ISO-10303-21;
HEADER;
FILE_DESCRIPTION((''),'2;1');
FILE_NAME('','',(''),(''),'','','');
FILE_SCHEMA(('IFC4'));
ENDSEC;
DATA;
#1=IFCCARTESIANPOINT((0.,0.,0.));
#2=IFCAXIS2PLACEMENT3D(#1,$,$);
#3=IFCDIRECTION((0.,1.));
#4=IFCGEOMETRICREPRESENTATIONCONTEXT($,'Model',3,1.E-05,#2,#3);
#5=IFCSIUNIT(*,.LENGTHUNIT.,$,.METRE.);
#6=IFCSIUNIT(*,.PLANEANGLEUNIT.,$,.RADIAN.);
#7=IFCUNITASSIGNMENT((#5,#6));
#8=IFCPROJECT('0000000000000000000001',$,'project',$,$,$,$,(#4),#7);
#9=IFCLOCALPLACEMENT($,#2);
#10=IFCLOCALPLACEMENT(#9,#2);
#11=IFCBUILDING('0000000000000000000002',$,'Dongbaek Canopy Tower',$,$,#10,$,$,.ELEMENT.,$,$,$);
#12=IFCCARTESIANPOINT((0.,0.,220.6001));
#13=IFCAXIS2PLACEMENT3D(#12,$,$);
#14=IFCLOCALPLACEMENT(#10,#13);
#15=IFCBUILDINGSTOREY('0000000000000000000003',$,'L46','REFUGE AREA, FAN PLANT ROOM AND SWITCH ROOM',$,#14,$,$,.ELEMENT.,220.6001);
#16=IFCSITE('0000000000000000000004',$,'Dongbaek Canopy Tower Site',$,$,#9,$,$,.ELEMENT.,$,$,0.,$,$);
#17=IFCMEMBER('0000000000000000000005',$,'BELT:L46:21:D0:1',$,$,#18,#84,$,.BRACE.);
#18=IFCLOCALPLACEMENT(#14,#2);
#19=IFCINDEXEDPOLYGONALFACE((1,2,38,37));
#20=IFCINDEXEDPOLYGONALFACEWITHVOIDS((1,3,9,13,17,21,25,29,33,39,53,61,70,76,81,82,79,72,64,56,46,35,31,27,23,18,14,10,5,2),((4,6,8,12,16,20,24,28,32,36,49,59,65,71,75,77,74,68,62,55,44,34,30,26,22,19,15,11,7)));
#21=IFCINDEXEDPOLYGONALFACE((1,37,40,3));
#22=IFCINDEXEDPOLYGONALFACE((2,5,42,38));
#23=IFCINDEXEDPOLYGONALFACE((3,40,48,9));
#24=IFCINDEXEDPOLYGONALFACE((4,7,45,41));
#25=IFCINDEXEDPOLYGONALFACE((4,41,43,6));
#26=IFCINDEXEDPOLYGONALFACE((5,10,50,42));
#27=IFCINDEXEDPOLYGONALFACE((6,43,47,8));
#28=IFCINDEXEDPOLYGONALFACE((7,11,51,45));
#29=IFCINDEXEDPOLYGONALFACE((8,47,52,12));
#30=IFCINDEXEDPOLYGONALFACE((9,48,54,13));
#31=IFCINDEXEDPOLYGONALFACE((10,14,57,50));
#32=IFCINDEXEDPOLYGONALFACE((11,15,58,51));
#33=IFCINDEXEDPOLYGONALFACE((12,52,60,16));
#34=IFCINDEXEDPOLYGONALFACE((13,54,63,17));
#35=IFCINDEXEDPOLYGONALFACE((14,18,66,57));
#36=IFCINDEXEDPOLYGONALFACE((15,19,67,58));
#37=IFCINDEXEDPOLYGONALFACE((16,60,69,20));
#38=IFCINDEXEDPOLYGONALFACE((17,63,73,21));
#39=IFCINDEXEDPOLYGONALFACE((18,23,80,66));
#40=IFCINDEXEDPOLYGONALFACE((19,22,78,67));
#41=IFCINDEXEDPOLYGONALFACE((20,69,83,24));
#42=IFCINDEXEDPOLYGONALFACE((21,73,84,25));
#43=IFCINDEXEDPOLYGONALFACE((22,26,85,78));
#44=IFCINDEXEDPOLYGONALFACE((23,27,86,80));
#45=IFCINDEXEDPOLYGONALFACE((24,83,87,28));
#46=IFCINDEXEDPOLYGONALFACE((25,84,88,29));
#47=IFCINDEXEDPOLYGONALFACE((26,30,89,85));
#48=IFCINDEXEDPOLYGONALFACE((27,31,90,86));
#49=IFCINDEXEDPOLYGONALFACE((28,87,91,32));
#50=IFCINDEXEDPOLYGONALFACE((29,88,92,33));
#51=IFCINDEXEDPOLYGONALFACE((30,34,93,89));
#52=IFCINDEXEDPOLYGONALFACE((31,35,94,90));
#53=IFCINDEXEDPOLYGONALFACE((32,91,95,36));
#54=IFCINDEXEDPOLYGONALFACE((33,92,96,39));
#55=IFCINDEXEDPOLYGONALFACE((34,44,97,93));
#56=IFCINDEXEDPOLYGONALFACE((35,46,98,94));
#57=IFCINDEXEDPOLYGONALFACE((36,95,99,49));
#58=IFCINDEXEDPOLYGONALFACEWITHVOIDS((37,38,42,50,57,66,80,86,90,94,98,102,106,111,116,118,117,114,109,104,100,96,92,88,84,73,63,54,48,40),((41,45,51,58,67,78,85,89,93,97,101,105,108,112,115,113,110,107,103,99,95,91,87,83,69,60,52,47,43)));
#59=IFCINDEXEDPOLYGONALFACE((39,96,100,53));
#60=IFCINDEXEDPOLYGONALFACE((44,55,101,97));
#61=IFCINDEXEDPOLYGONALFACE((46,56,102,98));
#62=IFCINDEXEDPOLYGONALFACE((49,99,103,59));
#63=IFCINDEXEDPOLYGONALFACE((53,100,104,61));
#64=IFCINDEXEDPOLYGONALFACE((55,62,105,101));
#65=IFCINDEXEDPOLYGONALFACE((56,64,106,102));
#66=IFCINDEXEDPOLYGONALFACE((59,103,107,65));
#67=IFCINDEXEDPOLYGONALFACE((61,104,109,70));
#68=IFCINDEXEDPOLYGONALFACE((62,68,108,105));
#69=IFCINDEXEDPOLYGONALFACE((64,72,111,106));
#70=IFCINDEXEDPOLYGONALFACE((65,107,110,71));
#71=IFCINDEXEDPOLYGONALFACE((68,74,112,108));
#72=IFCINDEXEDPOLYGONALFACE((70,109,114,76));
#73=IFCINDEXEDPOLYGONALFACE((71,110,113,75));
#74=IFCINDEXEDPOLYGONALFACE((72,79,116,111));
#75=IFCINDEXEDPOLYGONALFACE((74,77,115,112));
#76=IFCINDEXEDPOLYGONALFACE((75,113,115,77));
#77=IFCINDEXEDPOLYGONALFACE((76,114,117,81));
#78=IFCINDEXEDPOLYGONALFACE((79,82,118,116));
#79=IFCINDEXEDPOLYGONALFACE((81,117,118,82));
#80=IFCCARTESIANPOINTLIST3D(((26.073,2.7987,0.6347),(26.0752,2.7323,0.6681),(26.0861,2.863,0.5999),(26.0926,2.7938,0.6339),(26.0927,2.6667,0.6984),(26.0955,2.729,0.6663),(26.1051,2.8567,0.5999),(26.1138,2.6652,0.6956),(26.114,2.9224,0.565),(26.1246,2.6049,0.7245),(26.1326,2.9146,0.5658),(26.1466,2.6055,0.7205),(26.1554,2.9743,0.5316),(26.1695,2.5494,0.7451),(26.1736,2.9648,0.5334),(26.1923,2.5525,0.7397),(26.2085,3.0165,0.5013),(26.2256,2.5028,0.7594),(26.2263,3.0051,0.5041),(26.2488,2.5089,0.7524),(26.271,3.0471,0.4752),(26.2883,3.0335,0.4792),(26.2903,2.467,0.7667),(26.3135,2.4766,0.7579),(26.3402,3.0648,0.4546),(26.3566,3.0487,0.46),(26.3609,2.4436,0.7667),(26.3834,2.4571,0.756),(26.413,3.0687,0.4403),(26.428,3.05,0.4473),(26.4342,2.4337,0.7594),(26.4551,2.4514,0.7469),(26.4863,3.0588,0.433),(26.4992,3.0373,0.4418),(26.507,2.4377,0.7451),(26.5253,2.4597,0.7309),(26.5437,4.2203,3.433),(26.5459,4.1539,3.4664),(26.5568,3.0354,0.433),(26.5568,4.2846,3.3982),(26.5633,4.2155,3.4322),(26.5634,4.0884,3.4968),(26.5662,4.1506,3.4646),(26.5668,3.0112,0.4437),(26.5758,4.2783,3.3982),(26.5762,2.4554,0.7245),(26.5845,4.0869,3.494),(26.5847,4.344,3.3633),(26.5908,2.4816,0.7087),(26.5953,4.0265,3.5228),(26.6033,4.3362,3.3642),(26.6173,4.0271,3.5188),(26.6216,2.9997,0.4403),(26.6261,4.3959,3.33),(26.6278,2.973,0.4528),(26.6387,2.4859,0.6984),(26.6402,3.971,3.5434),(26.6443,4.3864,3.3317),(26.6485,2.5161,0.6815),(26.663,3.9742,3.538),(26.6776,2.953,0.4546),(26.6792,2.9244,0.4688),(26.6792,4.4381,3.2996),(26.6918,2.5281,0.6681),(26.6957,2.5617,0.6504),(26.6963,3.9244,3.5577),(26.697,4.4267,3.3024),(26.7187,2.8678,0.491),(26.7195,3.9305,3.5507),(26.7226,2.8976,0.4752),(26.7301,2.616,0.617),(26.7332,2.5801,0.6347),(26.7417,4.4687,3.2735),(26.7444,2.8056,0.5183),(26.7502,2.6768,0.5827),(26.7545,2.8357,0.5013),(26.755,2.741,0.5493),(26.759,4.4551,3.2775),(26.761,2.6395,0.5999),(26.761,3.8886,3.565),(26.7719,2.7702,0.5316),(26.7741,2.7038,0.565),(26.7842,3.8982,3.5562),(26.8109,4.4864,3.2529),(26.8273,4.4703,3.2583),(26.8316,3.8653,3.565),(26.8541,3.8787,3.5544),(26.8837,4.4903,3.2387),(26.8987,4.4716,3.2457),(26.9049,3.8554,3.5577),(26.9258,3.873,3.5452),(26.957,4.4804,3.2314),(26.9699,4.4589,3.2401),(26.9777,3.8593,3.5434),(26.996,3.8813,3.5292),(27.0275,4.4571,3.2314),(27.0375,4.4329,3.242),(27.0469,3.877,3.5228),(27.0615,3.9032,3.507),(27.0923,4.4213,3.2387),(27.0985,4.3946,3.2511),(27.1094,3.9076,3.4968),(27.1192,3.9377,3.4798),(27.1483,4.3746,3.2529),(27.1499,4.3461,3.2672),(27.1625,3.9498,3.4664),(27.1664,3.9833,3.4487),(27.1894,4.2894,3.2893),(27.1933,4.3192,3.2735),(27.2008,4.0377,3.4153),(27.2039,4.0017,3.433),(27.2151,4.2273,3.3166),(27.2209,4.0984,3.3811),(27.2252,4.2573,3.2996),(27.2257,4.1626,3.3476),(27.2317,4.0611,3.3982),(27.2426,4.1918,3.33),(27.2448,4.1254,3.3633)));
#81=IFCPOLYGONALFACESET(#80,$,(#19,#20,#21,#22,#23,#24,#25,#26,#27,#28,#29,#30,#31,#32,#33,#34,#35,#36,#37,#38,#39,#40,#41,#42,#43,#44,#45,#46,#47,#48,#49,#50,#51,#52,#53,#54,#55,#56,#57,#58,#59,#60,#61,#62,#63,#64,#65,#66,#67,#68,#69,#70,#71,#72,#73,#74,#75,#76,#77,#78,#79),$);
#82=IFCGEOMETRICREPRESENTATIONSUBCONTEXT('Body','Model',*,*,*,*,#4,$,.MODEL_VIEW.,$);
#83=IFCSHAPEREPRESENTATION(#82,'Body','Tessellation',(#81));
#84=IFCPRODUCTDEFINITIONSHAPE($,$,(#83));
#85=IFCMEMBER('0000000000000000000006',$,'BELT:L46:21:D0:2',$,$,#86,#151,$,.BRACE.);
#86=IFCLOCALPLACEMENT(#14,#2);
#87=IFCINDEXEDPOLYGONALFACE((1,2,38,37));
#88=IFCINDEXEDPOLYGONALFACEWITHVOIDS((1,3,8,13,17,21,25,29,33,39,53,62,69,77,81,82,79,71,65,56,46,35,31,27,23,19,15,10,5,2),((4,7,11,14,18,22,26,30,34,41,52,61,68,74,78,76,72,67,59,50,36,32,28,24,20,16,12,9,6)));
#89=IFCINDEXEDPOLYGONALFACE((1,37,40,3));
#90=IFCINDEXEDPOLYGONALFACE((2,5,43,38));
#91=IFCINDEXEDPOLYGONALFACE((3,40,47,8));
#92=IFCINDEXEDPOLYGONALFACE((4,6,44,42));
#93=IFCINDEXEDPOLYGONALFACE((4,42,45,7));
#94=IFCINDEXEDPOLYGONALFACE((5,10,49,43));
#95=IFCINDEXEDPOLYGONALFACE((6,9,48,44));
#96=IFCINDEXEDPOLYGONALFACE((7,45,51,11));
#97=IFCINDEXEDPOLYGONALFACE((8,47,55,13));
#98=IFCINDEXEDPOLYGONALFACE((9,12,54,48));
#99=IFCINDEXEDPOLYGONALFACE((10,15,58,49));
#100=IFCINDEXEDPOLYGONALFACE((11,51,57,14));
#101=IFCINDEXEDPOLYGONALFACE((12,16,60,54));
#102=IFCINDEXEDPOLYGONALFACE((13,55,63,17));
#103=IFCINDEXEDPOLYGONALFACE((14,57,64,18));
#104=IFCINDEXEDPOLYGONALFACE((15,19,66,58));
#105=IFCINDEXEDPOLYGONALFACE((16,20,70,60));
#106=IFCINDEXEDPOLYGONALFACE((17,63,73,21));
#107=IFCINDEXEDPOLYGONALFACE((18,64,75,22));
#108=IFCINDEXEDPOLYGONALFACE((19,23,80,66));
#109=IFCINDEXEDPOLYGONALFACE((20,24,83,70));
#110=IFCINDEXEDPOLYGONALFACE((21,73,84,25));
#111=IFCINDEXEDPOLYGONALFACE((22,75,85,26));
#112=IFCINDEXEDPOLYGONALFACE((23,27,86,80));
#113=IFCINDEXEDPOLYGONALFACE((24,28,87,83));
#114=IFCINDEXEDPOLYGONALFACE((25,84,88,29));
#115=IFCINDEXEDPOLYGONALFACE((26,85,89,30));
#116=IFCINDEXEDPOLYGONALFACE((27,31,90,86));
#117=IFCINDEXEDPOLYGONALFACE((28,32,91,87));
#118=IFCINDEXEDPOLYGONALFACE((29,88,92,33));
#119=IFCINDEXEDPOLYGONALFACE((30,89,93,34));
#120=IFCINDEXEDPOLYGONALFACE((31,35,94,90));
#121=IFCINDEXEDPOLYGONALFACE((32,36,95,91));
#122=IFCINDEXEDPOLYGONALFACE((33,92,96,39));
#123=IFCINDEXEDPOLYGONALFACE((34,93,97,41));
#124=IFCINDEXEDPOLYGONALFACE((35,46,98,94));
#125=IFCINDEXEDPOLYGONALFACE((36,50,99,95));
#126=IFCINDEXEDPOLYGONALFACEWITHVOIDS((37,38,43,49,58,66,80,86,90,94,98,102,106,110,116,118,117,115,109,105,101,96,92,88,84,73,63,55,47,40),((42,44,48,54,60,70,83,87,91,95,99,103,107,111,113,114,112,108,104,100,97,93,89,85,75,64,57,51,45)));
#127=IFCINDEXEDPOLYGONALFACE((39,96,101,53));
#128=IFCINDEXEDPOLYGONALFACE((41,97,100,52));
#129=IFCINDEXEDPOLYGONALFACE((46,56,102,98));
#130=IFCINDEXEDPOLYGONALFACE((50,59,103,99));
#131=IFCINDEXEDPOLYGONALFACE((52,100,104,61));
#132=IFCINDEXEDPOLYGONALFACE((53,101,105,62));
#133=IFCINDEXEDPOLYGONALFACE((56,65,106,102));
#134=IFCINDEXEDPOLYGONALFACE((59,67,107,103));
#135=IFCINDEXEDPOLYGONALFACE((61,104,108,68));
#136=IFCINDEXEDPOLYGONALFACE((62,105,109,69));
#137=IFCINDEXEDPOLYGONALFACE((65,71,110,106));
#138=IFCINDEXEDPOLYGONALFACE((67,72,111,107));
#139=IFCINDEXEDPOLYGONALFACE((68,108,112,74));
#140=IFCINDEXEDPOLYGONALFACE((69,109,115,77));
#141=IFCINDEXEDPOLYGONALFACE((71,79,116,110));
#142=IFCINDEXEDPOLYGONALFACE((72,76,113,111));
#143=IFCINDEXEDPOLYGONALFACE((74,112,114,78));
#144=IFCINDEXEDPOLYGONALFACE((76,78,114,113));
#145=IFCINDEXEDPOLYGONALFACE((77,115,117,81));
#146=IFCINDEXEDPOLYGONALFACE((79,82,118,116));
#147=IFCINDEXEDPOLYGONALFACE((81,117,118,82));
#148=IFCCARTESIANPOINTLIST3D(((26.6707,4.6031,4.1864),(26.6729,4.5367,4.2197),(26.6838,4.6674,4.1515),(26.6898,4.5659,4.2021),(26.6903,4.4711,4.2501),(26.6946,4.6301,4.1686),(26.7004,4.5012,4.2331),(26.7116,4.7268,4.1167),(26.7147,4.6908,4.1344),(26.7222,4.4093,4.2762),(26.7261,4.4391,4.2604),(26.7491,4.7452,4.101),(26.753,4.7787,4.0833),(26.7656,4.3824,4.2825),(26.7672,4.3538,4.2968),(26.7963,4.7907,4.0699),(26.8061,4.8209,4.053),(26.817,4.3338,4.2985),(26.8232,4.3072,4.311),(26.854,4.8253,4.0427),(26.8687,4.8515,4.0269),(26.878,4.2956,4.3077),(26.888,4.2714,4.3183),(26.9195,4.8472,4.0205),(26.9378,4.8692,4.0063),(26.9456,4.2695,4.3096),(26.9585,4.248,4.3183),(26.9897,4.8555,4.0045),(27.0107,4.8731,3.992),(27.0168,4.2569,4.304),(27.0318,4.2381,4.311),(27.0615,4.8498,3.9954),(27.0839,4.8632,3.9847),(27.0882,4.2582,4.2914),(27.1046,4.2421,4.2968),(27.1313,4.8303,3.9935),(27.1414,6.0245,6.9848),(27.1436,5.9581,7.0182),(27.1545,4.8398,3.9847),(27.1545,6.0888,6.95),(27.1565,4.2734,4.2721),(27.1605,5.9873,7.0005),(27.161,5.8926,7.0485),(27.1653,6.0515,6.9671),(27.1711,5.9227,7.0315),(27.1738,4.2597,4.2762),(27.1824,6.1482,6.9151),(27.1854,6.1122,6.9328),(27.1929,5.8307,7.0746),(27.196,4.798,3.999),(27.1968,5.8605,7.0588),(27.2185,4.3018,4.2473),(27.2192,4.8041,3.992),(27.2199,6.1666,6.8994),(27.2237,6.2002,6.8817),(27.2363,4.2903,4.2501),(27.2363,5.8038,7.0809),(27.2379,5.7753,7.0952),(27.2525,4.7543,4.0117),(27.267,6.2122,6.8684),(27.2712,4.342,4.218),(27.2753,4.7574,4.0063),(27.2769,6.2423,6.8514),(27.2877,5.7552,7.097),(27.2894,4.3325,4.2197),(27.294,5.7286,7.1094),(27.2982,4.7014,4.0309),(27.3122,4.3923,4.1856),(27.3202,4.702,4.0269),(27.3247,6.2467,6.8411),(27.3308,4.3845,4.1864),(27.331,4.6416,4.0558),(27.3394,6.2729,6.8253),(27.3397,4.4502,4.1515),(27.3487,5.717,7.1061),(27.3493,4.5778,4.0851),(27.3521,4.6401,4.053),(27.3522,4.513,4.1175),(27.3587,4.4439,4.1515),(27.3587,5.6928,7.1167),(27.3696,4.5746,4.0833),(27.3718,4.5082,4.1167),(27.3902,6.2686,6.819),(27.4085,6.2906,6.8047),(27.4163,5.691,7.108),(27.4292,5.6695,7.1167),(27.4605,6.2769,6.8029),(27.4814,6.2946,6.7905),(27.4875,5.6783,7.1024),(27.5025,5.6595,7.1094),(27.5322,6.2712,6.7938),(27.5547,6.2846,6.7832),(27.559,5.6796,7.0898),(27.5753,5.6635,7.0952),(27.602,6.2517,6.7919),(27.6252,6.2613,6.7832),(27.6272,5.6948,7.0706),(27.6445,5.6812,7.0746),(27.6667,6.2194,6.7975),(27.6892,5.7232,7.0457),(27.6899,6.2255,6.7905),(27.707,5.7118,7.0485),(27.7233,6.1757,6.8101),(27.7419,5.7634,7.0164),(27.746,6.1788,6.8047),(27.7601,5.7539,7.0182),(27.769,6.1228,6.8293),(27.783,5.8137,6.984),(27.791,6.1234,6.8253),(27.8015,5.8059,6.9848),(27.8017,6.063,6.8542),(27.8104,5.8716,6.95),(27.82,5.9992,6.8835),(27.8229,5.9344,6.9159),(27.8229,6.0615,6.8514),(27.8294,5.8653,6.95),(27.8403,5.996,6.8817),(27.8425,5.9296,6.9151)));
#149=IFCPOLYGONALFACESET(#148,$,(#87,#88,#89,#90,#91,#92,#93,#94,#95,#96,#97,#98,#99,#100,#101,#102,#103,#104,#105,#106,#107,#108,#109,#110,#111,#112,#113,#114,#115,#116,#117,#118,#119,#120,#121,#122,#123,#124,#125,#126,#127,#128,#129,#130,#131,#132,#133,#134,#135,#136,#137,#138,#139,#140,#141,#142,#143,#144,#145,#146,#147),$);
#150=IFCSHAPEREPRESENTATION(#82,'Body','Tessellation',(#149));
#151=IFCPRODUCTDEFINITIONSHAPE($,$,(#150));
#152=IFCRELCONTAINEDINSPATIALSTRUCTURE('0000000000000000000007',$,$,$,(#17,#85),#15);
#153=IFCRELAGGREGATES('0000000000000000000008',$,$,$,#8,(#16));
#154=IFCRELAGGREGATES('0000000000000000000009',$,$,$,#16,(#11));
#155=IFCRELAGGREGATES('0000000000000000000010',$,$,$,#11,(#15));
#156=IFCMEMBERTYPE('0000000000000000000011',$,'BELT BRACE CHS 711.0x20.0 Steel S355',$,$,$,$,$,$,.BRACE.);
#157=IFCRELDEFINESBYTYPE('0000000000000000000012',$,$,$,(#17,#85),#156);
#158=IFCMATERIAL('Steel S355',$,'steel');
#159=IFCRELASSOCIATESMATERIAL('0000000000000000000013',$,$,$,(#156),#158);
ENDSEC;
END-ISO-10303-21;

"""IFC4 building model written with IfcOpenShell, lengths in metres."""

from ifc_helpers import new_model, si_unit, direction, frame, origin, origin_2d, place, context, subcontext, project, spatial, hollow_circle, extrude, material, material_profile, profile_set, type_object, element, save


model = new_model("IFC4")

# Units and contexts
model_context = context("Model", 3, precision=1e-05, world=origin(), true_north=direction((0.0, 1.0)))
body_context = subcontext(model_context, "Body", "Model", "MODEL_VIEW")
ifc_project = project(units=[si_unit("LENGTHUNIT", "METRE"), si_unit("PLANEANGLEUNIT", "RADIAN")], contexts=[model_context])

# Site, building, storey
site_placement = place(None, origin())
site = spatial("IfcSite", under=ifc_project, at=site_placement, Name="Dongbaek Canopy Tower Site", CompositionType="ELEMENT", RefElevation=0.0)
building_placement = place(site_placement, origin())
building = spatial("IfcBuilding", under=site, at=building_placement, Name="Dongbaek Canopy Tower", CompositionType="ELEMENT")
storey_placement = place(building_placement, frame((0.0, 0.0, 220.6001)))
storey = spatial("IfcBuildingStorey", under=building, at=storey_placement, Name="L46", Description="REFUGE AREA, FAN PLANT ROOM AND SWITCH ROOM", CompositionType="ELEMENT", Elevation=220.6001)

# Members
ifc_material_1 = material(Name="Steel S355", Category="steel")
ifc_material_profile_1 = material_profile(ifc_material_1, hollow_circle(Radius=0.3555, WallThickness=0.02, at=origin_2d()), Name="BELT BRACE CHS 711.0x20.0 Steel S355")
ifc_profile_set_1 = profile_set([ifc_material_profile_1], Name="Steel S355")
member_type_1 = type_object("IfcMemberType", Name="BELT BRACE CHS 711.0x20.0 Steel S355", PredefinedType="BRACE", material=ifc_profile_set_1)
for number, where, z_axis, x_axis, name in (
    (1, (26.4236, 2.7512, 0.5999), (0.148307, 0.44792, 0.881687), (-0.949317, 0.31432, 0.0), "BELT:L46:21:D0:1"),
    (2, (27.4919, 5.9771, 6.95), (-0.148312, -0.447859, -0.881718), (0.949301, -0.314368, 0.0), "BELT:L46:21:D0:2"),
):
    element("IfcMember", number, at=place(storey_placement, frame(where, z_axis=z_axis, x_axis=x_axis)), inside=storey, type_object=member_type_1, Name=name, PredefinedType="BRACE", context=body_context, shape_type="SweptSolid", body=[
        extrude(hollow_circle(Radius=0.3555, WallThickness=0.02, at=origin_2d()), origin(), (0.0, 0.0, 1.0), 3.1738),
    ])

save(model, "model.ifc")
